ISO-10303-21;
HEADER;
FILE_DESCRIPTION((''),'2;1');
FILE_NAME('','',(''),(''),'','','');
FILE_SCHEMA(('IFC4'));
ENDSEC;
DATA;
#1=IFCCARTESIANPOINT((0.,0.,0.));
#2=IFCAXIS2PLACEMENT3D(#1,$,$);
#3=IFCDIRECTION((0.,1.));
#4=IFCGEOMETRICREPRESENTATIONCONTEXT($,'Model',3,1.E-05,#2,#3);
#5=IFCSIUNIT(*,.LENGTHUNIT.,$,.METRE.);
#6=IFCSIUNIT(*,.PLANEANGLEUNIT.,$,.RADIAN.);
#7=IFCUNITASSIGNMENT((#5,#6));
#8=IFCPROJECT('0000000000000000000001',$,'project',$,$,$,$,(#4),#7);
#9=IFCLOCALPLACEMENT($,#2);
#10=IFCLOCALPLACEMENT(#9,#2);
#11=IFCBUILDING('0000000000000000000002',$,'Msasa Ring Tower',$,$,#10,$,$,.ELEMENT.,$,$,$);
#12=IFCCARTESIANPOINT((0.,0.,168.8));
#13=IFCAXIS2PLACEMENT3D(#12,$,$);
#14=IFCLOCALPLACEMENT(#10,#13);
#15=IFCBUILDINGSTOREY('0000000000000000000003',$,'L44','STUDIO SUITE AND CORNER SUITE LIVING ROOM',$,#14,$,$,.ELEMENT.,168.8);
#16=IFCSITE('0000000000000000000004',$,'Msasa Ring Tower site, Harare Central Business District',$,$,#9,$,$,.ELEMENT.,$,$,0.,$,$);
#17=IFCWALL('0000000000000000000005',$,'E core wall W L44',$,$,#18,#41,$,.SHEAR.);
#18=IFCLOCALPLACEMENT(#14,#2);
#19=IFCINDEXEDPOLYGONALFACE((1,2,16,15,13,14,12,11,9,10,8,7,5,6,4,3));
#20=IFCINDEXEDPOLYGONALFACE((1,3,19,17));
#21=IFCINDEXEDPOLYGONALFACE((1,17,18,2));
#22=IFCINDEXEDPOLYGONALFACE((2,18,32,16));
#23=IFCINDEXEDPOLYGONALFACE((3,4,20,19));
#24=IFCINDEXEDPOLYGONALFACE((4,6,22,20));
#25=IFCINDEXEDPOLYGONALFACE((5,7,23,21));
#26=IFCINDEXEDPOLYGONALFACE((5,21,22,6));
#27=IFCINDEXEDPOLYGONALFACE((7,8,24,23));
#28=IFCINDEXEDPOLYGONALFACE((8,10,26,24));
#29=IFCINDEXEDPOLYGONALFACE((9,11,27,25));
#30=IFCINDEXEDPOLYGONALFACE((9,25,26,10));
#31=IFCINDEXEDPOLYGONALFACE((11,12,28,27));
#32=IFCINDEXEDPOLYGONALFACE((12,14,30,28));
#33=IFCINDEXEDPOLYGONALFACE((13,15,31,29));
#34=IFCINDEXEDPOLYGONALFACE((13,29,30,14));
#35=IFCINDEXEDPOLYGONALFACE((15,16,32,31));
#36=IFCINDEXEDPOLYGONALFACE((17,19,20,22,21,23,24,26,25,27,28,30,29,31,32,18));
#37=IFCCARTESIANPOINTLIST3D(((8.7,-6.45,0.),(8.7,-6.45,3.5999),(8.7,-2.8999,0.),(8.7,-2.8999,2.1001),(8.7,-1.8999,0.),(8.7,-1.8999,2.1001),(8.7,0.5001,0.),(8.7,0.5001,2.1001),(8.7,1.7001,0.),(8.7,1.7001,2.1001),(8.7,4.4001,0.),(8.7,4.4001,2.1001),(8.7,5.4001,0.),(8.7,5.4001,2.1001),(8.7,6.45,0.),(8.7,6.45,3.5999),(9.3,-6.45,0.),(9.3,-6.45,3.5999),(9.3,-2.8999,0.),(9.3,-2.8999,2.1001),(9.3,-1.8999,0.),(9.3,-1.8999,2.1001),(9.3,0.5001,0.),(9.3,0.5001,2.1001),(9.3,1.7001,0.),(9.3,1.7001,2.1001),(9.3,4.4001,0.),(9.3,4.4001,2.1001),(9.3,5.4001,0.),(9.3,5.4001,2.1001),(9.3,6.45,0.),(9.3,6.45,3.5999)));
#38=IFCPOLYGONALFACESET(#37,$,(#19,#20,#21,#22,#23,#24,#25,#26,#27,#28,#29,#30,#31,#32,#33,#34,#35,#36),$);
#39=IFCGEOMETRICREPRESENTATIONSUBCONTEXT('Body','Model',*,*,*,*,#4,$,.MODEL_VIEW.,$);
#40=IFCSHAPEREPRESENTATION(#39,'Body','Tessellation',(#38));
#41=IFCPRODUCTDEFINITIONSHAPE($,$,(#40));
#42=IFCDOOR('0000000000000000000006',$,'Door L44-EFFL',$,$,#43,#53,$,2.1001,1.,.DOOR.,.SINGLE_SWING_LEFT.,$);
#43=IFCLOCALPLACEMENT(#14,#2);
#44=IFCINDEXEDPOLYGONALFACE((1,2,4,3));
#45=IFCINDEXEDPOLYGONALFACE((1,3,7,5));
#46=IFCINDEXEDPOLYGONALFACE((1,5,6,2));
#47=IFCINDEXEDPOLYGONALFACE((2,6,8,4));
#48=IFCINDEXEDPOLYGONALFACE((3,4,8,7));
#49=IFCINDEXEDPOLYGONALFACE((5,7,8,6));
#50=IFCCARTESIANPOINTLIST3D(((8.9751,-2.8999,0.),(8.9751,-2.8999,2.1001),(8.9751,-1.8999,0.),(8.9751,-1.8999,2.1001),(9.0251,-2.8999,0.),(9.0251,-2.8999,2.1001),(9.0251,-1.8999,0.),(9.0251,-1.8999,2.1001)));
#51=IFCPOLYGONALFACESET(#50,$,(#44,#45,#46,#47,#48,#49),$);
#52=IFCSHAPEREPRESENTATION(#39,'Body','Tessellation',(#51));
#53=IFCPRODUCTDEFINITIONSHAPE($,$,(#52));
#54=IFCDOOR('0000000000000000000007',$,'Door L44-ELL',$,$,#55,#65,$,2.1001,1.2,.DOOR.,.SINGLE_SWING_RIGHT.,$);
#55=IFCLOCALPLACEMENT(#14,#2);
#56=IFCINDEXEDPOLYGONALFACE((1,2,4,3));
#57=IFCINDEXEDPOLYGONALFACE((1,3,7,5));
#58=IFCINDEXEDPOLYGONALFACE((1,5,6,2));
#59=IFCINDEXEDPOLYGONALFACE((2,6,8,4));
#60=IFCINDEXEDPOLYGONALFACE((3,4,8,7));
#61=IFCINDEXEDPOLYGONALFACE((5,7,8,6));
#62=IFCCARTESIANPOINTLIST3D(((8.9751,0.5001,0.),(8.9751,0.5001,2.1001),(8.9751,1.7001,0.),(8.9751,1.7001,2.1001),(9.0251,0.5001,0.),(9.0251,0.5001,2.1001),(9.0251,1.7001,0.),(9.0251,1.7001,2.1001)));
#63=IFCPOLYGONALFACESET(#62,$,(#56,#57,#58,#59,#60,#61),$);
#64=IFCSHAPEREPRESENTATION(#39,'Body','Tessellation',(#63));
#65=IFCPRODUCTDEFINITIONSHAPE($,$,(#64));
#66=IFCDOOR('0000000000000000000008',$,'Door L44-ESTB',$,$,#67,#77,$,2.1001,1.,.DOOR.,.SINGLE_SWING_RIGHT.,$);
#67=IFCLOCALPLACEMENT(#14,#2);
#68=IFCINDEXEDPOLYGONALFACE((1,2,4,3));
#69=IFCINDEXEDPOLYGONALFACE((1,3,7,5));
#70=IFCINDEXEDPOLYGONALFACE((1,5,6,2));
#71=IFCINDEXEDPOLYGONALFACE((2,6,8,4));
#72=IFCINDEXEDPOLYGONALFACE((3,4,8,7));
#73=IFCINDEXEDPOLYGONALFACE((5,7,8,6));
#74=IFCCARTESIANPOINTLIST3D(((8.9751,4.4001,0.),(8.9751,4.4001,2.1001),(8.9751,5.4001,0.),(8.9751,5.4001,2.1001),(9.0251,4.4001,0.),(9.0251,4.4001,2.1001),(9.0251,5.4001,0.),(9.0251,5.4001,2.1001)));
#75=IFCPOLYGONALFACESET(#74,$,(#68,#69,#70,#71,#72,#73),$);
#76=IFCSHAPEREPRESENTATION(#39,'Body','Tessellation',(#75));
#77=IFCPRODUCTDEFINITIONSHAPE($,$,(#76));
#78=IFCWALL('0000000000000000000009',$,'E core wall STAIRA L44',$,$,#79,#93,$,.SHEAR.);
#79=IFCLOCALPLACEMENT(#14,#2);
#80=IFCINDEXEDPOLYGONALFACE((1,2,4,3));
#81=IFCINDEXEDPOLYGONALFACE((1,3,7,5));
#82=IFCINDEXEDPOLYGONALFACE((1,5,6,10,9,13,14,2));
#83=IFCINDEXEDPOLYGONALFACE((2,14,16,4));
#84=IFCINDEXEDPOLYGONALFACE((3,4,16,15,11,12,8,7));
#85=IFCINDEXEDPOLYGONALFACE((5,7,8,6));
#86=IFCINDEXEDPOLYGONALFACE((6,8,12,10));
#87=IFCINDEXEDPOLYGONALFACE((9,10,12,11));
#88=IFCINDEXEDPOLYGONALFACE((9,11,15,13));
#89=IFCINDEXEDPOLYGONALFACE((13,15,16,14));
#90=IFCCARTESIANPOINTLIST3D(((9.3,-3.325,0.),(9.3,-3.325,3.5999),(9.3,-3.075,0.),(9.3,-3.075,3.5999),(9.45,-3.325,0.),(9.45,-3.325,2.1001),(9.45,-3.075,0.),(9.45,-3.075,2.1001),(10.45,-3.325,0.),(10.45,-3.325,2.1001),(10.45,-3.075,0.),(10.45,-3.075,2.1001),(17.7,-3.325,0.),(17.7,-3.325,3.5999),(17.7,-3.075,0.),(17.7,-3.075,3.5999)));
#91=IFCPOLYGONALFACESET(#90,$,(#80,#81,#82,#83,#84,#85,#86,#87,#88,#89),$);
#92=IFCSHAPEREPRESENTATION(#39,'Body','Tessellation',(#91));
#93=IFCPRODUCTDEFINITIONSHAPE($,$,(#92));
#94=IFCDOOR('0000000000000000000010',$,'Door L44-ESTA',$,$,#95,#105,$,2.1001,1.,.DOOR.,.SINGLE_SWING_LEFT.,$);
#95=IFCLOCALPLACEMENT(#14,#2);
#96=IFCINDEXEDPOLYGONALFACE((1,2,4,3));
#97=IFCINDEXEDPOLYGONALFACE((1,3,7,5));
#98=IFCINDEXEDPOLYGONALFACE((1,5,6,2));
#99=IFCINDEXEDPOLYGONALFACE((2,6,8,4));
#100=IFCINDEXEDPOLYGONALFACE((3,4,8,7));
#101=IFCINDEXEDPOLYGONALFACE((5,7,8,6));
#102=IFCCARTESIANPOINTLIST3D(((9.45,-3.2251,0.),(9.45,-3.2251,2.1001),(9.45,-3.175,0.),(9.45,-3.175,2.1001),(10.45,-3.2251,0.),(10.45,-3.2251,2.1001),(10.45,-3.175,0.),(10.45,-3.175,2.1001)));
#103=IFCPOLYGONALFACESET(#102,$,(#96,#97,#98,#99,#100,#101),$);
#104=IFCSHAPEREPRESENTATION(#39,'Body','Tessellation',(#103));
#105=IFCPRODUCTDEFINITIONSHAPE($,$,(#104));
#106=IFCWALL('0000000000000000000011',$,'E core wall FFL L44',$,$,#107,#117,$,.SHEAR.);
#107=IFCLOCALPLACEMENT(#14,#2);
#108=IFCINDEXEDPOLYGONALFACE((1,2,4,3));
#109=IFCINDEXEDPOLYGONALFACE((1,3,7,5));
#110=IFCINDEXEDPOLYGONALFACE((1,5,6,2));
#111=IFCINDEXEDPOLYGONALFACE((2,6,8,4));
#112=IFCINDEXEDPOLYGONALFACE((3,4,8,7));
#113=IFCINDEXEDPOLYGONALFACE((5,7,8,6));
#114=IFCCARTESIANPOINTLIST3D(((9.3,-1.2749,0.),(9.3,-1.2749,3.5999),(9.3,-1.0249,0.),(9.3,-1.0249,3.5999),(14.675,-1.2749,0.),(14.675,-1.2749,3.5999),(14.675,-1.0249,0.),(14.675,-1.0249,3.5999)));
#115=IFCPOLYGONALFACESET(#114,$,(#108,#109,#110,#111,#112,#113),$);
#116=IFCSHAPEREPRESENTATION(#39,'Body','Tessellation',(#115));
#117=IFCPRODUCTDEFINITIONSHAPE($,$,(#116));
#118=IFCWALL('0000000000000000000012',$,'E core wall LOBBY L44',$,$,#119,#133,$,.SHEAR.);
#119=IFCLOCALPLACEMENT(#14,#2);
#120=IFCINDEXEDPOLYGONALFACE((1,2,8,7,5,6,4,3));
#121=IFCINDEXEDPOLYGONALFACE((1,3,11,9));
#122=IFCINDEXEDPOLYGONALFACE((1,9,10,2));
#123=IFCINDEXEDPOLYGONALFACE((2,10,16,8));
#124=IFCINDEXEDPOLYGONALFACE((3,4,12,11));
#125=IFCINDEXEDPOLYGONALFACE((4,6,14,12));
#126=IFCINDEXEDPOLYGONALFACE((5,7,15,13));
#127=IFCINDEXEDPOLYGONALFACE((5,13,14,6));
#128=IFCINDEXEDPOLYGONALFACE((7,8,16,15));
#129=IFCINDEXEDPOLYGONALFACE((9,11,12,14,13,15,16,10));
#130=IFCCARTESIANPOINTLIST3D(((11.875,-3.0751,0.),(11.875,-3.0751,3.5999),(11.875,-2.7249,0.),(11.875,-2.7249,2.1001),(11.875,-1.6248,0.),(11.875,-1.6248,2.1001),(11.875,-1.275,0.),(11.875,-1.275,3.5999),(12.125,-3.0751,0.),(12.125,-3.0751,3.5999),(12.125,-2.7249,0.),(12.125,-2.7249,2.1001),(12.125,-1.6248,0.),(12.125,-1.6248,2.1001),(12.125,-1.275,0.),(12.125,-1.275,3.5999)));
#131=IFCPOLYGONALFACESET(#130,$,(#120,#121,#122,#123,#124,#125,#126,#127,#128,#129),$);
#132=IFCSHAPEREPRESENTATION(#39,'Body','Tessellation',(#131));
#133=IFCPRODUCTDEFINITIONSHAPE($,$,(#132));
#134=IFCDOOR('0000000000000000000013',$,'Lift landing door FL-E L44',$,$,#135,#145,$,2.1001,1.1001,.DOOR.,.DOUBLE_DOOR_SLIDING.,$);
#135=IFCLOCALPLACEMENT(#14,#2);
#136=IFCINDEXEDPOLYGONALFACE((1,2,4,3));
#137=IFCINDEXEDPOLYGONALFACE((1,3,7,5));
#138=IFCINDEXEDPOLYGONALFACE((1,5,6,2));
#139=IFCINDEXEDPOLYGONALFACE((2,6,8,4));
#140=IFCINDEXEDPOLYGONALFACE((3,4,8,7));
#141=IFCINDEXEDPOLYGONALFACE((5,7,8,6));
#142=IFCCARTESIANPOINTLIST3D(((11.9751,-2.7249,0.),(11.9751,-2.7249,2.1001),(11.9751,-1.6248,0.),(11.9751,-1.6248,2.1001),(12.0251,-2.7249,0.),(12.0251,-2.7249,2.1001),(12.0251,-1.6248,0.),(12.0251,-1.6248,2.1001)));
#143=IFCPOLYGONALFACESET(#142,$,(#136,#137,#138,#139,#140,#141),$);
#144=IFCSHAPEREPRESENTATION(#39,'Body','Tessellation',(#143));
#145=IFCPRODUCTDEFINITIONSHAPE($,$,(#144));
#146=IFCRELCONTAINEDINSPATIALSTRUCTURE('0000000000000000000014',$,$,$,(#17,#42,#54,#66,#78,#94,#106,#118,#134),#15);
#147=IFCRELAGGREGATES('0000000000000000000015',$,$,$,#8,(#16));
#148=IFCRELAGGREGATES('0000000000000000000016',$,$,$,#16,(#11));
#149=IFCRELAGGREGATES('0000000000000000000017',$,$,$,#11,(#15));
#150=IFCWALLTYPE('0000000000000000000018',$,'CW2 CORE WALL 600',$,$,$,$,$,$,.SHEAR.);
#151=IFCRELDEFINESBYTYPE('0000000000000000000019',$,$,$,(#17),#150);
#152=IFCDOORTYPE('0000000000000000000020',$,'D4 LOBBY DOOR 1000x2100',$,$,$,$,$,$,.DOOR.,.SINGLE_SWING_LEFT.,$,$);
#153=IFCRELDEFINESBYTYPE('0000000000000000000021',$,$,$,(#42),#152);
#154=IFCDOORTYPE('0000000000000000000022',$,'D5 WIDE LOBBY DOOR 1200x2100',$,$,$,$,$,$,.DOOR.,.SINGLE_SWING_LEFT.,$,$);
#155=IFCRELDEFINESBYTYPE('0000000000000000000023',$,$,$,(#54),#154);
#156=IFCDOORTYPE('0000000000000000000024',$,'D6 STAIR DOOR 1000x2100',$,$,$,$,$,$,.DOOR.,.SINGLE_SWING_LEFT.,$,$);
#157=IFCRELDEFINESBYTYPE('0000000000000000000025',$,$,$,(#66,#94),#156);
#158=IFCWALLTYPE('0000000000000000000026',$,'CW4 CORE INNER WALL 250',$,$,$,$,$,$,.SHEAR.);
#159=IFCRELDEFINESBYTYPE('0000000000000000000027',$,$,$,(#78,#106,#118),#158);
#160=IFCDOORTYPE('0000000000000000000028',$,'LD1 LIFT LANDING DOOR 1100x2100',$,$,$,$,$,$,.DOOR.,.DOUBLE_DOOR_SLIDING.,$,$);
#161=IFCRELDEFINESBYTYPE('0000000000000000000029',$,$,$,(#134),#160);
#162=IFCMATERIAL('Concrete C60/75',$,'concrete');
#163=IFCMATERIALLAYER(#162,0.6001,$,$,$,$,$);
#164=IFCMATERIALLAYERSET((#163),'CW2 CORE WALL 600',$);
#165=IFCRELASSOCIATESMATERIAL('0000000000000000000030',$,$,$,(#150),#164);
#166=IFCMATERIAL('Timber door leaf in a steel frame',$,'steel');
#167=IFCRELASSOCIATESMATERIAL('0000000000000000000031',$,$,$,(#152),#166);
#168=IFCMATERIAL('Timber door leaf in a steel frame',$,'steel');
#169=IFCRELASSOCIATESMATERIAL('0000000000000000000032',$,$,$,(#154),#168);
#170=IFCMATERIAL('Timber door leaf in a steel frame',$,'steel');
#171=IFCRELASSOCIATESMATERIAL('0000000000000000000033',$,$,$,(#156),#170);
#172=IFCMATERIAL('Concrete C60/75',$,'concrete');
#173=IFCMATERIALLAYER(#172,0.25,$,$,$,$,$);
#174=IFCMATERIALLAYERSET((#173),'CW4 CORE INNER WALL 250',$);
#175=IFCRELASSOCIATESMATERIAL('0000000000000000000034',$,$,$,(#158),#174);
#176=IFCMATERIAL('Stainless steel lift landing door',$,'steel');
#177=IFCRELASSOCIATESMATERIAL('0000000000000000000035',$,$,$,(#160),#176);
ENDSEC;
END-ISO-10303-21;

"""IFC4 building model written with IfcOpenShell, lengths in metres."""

from ifc_helpers import new_model, si_unit, direction, frame, frame_2d, origin, place, context, subcontext, project, spatial, rectangle, extrude, material, layer, layer_set, type_object, element, fill, save


model = new_model("IFC4")

# Units and contexts
model_context = context("Model", 3, precision=1e-05, world=origin(), true_north=direction((0.0, 1.0)))
body_context = subcontext(model_context, "Body", "Model", "MODEL_VIEW")
ifc_project = project(units=[si_unit("LENGTHUNIT", "METRE"), si_unit("PLANEANGLEUNIT", "RADIAN")], contexts=[model_context])

# Site, building, storey
site_placement = place(None, origin())
site = spatial("IfcSite", under=ifc_project, at=site_placement, Name="Msasa Ring Tower site, Harare Central Business District", CompositionType="ELEMENT", RefElevation=0.0)
building_placement = place(site_placement, origin())
building = spatial("IfcBuilding", under=site, at=building_placement, Name="Msasa Ring Tower", CompositionType="ELEMENT")
storey_placement = place(building_placement, frame((0.0, 0.0, 168.8)))
storey = spatial("IfcBuildingStorey", under=building, at=storey_placement, Name="L44", Description="STUDIO SUITE AND CORNER SUITE LIVING ROOM", CompositionType="ELEMENT", Elevation=168.8)

# Shared definitions
ifc_material_1 = material(Name="Concrete C60/75", Category="concrete")
ifc_layer_1 = layer(ifc_material_1, 0.6001)
ifc_layer_set_1 = layer_set([ifc_layer_1], Name="CW2 CORE WALL 600")
wall_type_1 = type_object("IfcWallType", Name="CW2 CORE WALL 600", PredefinedType="SHEAR", material=ifc_layer_set_1)

# Wall, openings, doors
wall_1_placement = place(storey_placement, frame((9.0, -6.45, 0.0), z_axis=(0.0, 0.0, 1.0), x_axis=(0.0, 1.0, 0.0)))
wall_1 = element("IfcWall", 1, at=wall_1_placement, inside=storey, type_object=wall_type_1, Name="E core wall W L44", PredefinedType="SHEAR", context=body_context, shape_type="SweptSolid", body=[
    extrude(rectangle(XDim=12.8999, YDim=0.6001, at=frame_2d((6.45, 0.0))), origin(), (0.0, 0.0, 1.0), 3.5999),
])
opening_1_placement = place(wall_1_placement, frame((3.55, 0.0, 0.0)))
opening_1 = element("IfcOpeningElement", 2, at=opening_1_placement, cuts=wall_1, PredefinedType="OPENING", context=body_context, shape_type="SweptSolid", body=[
    extrude(rectangle(XDim=1.0, YDim=2.1001, at=frame_2d((0.5, 1.05))), frame((0.0, 0.3101, 0.0), z_axis=(0.0, -1.0, 0.0), x_axis=(1.0, 0.0, 0.0)), (0.0, 0.0, 1.0), 0.6201),
])
opening_2_placement = place(wall_1_placement, frame((6.95, 0.0, 0.0)))
opening_2 = element("IfcOpeningElement", 3, at=opening_2_placement, cuts=wall_1, PredefinedType="OPENING", context=body_context, shape_type="SweptSolid", body=[
    extrude(rectangle(XDim=1.2, YDim=2.1001, at=frame_2d((0.6001, 1.05))), frame((0.0, 0.3101, 0.0), z_axis=(0.0, -1.0, 0.0), x_axis=(1.0, 0.0, 0.0)), (0.0, 0.0, 1.0), 0.6201),
])
opening_3_placement = place(wall_1_placement, frame((10.8501, 0.0, 0.0)))
opening_3 = element("IfcOpeningElement", 4, at=opening_3_placement, cuts=wall_1, PredefinedType="OPENING", context=body_context, shape_type="SweptSolid", body=[
    extrude(rectangle(XDim=1.0, YDim=2.1001, at=frame_2d((0.5, 1.05))), frame((0.0, 0.3101, 0.0), z_axis=(0.0, -1.0, 0.0), x_axis=(1.0, 0.0, 0.0)), (0.0, 0.0, 1.0), 0.6201),
])
ifc_material_2 = material(Name="Timber door leaf in a steel frame", Category="steel")
door_type_1 = type_object("IfcDoorType", Name="D4 LOBBY DOOR 1000x2100", OperationType="SINGLE_SWING_LEFT", PredefinedType="DOOR", material=ifc_material_2)
door_1_placement = place(opening_1_placement, origin())
door_1 = element("IfcDoor", 5, at=door_1_placement, inside=storey, type_object=door_type_1, Name="Door L44-EFFL", OperationType="SINGLE_SWING_LEFT", OverallHeight=2.1001, OverallWidth=1.0, PredefinedType="DOOR", context=body_context, shape_type="SweptSolid", body=[
    extrude(rectangle(XDim=1.0, YDim=2.1001, at=frame_2d((0.5, 1.05))), frame((0.0, 0.0249, 0.0), z_axis=(0.0, -1.0, 0.0), x_axis=(1.0, 0.0, 0.0)), (0.0, 0.0, 1.0), 0.05),
])
fill(opening_1, door_1)
ifc_material_3 = material(Name="Timber door leaf in a steel frame", Category="steel")
door_type_2 = type_object("IfcDoorType", Name="D5 WIDE LOBBY DOOR 1200x2100", OperationType="SINGLE_SWING_LEFT", PredefinedType="DOOR", material=ifc_material_3)
door_2_placement = place(opening_2_placement, origin())
door_2 = element("IfcDoor", 6, at=door_2_placement, inside=storey, type_object=door_type_2, Name="Door L44-ELL", OperationType="SINGLE_SWING_RIGHT", OverallHeight=2.1001, OverallWidth=1.2, PredefinedType="DOOR", context=body_context, shape_type="SweptSolid", body=[
    extrude(rectangle(XDim=1.2, YDim=2.1001, at=frame_2d((0.6001, 1.05))), frame((0.0, 0.0249, 0.0), z_axis=(0.0, -1.0, 0.0), x_axis=(1.0, 0.0, 0.0)), (0.0, 0.0, 1.0), 0.05),
])
fill(opening_2, door_2)
ifc_material_4 = material(Name="Timber door leaf in a steel frame", Category="steel")
door_type_3 = type_object("IfcDoorType", Name="D6 STAIR DOOR 1000x2100", OperationType="SINGLE_SWING_LEFT", PredefinedType="DOOR", material=ifc_material_4)
door_3_placement = place(opening_3_placement, origin())
door_3 = element("IfcDoor", 7, at=door_3_placement, inside=storey, type_object=door_type_3, Name="Door L44-ESTB", OperationType="SINGLE_SWING_RIGHT", OverallHeight=2.1001, OverallWidth=1.0, PredefinedType="DOOR", context=body_context, shape_type="SweptSolid", body=[
    extrude(rectangle(XDim=1.0, YDim=2.1001, at=frame_2d((0.5, 1.05))), frame((0.0, 0.0249, 0.0), z_axis=(0.0, -1.0, 0.0), x_axis=(1.0, 0.0, 0.0)), (0.0, 0.0, 1.0), 0.05),
])
fill(opening_3, door_3)

# Wall, opening, door
ifc_material_5 = material(Name="Concrete C60/75", Category="concrete")
ifc_layer_2 = layer(ifc_material_5, 0.25)
ifc_layer_set_2 = layer_set([ifc_layer_2], Name="CW4 CORE INNER WALL 250")
wall_type_2 = type_object("IfcWallType", Name="CW4 CORE INNER WALL 250", PredefinedType="SHEAR", material=ifc_layer_set_2)
wall_2_placement = place(storey_placement, frame((9.3, -3.2, 0.0), z_axis=(0.0, 0.0, 1.0), x_axis=(1.0, 0.0, 0.0)))
wall_2 = element("IfcWall", 8, at=wall_2_placement, inside=storey, type_object=wall_type_2, Name="E core wall STAIRA L44", PredefinedType="SHEAR", context=body_context, shape_type="SweptSolid", body=[
    extrude(rectangle(XDim=8.3999, YDim=0.25, at=frame_2d((4.2, 0.0))), origin(), (0.0, 0.0, 1.0), 3.5999),
])
opening_4_placement = place(wall_2_placement, frame((0.1499, 0.0, 0.0)))
opening_4 = element("IfcOpeningElement", 9, at=opening_4_placement, cuts=wall_2, PredefinedType="OPENING", context=body_context, shape_type="SweptSolid", body=[
    extrude(rectangle(XDim=1.0, YDim=2.1001, at=frame_2d((0.5, 1.05))), frame((0.0, 0.135, 0.0), z_axis=(0.0, -1.0, 0.0), x_axis=(1.0, 0.0, 0.0)), (0.0, 0.0, 1.0), 0.27),
])
door_4_placement = place(opening_4_placement, origin())
door_4 = element("IfcDoor", 10, at=door_4_placement, inside=storey, type_object=door_type_3, Name="Door L44-ESTA", OperationType="SINGLE_SWING_LEFT", OverallHeight=2.1001, OverallWidth=1.0, PredefinedType="DOOR", context=body_context, shape_type="SweptSolid", body=[
    extrude(rectangle(XDim=1.0, YDim=2.1001, at=frame_2d((0.5, 1.05))), frame((0.0, 0.0249, 0.0), z_axis=(0.0, -1.0, 0.0), x_axis=(1.0, 0.0, 0.0)), (0.0, 0.0, 1.0), 0.05),
])
fill(opening_4, door_4)

# Wall
wall_3_placement = place(storey_placement, frame((9.3, -1.1499, 0.0), z_axis=(0.0, 0.0, 1.0), x_axis=(1.0, 0.0, 0.0)))
element("IfcWall", 11, at=wall_3_placement, inside=storey, type_object=wall_type_2, Name="E core wall FFL L44", PredefinedType="SHEAR", context=body_context, shape_type="SweptSolid", body=[
    extrude(rectangle(XDim=5.375, YDim=0.25, at=frame_2d((2.6875, 0.0))), origin(), (0.0, 0.0, 1.0), 3.5999),
])

# Wall, opening, door
wall_4_placement = place(storey_placement, frame((12.0, -3.075, 0.0), z_axis=(0.0, 0.0, 1.0), x_axis=(0.0, 1.0, 0.0)))
wall_4 = element("IfcWall", 12, at=wall_4_placement, inside=storey, type_object=wall_type_2, Name="E core wall LOBBY L44", PredefinedType="SHEAR", context=body_context, shape_type="SweptSolid", body=[
    extrude(rectangle(XDim=1.8, YDim=0.25, at=frame_2d((0.8999, 0.0))), origin(), (0.0, 0.0, 1.0), 3.5999),
])
opening_5_placement = place(wall_4_placement, frame((0.3501, 0.0, 0.0)))
opening_5 = element("IfcOpeningElement", 13, at=opening_5_placement, cuts=wall_4, PredefinedType="OPENING", context=body_context, shape_type="SweptSolid", body=[
    extrude(rectangle(XDim=1.1001, YDim=2.1001, at=frame_2d((0.55, 1.05))), frame((0.0, 0.135, 0.0), z_axis=(0.0, -1.0, 0.0), x_axis=(1.0, 0.0, 0.0)), (0.0, 0.0, 1.0), 0.27),
])
ifc_material_6 = material(Name="Stainless steel lift landing door", Category="steel")
door_type_4 = type_object("IfcDoorType", Name="LD1 LIFT LANDING DOOR 1100x2100", OperationType="DOUBLE_DOOR_SLIDING", PredefinedType="DOOR", material=ifc_material_6)
door_5_placement = place(opening_5_placement, origin())
door_5 = element("IfcDoor", 14, at=door_5_placement, inside=storey, type_object=door_type_4, Name="Lift landing door FL-E L44", OperationType="DOUBLE_DOOR_SLIDING", OverallHeight=2.1001, OverallWidth=1.1001, PredefinedType="DOOR", context=body_context, shape_type="SweptSolid", body=[
    extrude(rectangle(XDim=1.1001, YDim=2.1001, at=frame_2d((0.55, 1.05))), frame((0.0, 0.0249, 0.0), z_axis=(0.0, -1.0, 0.0), x_axis=(1.0, 0.0, 0.0)), (0.0, 0.0, 1.0), 0.05),
])
fill(opening_5, door_5)

save(model, "model.ifc")
